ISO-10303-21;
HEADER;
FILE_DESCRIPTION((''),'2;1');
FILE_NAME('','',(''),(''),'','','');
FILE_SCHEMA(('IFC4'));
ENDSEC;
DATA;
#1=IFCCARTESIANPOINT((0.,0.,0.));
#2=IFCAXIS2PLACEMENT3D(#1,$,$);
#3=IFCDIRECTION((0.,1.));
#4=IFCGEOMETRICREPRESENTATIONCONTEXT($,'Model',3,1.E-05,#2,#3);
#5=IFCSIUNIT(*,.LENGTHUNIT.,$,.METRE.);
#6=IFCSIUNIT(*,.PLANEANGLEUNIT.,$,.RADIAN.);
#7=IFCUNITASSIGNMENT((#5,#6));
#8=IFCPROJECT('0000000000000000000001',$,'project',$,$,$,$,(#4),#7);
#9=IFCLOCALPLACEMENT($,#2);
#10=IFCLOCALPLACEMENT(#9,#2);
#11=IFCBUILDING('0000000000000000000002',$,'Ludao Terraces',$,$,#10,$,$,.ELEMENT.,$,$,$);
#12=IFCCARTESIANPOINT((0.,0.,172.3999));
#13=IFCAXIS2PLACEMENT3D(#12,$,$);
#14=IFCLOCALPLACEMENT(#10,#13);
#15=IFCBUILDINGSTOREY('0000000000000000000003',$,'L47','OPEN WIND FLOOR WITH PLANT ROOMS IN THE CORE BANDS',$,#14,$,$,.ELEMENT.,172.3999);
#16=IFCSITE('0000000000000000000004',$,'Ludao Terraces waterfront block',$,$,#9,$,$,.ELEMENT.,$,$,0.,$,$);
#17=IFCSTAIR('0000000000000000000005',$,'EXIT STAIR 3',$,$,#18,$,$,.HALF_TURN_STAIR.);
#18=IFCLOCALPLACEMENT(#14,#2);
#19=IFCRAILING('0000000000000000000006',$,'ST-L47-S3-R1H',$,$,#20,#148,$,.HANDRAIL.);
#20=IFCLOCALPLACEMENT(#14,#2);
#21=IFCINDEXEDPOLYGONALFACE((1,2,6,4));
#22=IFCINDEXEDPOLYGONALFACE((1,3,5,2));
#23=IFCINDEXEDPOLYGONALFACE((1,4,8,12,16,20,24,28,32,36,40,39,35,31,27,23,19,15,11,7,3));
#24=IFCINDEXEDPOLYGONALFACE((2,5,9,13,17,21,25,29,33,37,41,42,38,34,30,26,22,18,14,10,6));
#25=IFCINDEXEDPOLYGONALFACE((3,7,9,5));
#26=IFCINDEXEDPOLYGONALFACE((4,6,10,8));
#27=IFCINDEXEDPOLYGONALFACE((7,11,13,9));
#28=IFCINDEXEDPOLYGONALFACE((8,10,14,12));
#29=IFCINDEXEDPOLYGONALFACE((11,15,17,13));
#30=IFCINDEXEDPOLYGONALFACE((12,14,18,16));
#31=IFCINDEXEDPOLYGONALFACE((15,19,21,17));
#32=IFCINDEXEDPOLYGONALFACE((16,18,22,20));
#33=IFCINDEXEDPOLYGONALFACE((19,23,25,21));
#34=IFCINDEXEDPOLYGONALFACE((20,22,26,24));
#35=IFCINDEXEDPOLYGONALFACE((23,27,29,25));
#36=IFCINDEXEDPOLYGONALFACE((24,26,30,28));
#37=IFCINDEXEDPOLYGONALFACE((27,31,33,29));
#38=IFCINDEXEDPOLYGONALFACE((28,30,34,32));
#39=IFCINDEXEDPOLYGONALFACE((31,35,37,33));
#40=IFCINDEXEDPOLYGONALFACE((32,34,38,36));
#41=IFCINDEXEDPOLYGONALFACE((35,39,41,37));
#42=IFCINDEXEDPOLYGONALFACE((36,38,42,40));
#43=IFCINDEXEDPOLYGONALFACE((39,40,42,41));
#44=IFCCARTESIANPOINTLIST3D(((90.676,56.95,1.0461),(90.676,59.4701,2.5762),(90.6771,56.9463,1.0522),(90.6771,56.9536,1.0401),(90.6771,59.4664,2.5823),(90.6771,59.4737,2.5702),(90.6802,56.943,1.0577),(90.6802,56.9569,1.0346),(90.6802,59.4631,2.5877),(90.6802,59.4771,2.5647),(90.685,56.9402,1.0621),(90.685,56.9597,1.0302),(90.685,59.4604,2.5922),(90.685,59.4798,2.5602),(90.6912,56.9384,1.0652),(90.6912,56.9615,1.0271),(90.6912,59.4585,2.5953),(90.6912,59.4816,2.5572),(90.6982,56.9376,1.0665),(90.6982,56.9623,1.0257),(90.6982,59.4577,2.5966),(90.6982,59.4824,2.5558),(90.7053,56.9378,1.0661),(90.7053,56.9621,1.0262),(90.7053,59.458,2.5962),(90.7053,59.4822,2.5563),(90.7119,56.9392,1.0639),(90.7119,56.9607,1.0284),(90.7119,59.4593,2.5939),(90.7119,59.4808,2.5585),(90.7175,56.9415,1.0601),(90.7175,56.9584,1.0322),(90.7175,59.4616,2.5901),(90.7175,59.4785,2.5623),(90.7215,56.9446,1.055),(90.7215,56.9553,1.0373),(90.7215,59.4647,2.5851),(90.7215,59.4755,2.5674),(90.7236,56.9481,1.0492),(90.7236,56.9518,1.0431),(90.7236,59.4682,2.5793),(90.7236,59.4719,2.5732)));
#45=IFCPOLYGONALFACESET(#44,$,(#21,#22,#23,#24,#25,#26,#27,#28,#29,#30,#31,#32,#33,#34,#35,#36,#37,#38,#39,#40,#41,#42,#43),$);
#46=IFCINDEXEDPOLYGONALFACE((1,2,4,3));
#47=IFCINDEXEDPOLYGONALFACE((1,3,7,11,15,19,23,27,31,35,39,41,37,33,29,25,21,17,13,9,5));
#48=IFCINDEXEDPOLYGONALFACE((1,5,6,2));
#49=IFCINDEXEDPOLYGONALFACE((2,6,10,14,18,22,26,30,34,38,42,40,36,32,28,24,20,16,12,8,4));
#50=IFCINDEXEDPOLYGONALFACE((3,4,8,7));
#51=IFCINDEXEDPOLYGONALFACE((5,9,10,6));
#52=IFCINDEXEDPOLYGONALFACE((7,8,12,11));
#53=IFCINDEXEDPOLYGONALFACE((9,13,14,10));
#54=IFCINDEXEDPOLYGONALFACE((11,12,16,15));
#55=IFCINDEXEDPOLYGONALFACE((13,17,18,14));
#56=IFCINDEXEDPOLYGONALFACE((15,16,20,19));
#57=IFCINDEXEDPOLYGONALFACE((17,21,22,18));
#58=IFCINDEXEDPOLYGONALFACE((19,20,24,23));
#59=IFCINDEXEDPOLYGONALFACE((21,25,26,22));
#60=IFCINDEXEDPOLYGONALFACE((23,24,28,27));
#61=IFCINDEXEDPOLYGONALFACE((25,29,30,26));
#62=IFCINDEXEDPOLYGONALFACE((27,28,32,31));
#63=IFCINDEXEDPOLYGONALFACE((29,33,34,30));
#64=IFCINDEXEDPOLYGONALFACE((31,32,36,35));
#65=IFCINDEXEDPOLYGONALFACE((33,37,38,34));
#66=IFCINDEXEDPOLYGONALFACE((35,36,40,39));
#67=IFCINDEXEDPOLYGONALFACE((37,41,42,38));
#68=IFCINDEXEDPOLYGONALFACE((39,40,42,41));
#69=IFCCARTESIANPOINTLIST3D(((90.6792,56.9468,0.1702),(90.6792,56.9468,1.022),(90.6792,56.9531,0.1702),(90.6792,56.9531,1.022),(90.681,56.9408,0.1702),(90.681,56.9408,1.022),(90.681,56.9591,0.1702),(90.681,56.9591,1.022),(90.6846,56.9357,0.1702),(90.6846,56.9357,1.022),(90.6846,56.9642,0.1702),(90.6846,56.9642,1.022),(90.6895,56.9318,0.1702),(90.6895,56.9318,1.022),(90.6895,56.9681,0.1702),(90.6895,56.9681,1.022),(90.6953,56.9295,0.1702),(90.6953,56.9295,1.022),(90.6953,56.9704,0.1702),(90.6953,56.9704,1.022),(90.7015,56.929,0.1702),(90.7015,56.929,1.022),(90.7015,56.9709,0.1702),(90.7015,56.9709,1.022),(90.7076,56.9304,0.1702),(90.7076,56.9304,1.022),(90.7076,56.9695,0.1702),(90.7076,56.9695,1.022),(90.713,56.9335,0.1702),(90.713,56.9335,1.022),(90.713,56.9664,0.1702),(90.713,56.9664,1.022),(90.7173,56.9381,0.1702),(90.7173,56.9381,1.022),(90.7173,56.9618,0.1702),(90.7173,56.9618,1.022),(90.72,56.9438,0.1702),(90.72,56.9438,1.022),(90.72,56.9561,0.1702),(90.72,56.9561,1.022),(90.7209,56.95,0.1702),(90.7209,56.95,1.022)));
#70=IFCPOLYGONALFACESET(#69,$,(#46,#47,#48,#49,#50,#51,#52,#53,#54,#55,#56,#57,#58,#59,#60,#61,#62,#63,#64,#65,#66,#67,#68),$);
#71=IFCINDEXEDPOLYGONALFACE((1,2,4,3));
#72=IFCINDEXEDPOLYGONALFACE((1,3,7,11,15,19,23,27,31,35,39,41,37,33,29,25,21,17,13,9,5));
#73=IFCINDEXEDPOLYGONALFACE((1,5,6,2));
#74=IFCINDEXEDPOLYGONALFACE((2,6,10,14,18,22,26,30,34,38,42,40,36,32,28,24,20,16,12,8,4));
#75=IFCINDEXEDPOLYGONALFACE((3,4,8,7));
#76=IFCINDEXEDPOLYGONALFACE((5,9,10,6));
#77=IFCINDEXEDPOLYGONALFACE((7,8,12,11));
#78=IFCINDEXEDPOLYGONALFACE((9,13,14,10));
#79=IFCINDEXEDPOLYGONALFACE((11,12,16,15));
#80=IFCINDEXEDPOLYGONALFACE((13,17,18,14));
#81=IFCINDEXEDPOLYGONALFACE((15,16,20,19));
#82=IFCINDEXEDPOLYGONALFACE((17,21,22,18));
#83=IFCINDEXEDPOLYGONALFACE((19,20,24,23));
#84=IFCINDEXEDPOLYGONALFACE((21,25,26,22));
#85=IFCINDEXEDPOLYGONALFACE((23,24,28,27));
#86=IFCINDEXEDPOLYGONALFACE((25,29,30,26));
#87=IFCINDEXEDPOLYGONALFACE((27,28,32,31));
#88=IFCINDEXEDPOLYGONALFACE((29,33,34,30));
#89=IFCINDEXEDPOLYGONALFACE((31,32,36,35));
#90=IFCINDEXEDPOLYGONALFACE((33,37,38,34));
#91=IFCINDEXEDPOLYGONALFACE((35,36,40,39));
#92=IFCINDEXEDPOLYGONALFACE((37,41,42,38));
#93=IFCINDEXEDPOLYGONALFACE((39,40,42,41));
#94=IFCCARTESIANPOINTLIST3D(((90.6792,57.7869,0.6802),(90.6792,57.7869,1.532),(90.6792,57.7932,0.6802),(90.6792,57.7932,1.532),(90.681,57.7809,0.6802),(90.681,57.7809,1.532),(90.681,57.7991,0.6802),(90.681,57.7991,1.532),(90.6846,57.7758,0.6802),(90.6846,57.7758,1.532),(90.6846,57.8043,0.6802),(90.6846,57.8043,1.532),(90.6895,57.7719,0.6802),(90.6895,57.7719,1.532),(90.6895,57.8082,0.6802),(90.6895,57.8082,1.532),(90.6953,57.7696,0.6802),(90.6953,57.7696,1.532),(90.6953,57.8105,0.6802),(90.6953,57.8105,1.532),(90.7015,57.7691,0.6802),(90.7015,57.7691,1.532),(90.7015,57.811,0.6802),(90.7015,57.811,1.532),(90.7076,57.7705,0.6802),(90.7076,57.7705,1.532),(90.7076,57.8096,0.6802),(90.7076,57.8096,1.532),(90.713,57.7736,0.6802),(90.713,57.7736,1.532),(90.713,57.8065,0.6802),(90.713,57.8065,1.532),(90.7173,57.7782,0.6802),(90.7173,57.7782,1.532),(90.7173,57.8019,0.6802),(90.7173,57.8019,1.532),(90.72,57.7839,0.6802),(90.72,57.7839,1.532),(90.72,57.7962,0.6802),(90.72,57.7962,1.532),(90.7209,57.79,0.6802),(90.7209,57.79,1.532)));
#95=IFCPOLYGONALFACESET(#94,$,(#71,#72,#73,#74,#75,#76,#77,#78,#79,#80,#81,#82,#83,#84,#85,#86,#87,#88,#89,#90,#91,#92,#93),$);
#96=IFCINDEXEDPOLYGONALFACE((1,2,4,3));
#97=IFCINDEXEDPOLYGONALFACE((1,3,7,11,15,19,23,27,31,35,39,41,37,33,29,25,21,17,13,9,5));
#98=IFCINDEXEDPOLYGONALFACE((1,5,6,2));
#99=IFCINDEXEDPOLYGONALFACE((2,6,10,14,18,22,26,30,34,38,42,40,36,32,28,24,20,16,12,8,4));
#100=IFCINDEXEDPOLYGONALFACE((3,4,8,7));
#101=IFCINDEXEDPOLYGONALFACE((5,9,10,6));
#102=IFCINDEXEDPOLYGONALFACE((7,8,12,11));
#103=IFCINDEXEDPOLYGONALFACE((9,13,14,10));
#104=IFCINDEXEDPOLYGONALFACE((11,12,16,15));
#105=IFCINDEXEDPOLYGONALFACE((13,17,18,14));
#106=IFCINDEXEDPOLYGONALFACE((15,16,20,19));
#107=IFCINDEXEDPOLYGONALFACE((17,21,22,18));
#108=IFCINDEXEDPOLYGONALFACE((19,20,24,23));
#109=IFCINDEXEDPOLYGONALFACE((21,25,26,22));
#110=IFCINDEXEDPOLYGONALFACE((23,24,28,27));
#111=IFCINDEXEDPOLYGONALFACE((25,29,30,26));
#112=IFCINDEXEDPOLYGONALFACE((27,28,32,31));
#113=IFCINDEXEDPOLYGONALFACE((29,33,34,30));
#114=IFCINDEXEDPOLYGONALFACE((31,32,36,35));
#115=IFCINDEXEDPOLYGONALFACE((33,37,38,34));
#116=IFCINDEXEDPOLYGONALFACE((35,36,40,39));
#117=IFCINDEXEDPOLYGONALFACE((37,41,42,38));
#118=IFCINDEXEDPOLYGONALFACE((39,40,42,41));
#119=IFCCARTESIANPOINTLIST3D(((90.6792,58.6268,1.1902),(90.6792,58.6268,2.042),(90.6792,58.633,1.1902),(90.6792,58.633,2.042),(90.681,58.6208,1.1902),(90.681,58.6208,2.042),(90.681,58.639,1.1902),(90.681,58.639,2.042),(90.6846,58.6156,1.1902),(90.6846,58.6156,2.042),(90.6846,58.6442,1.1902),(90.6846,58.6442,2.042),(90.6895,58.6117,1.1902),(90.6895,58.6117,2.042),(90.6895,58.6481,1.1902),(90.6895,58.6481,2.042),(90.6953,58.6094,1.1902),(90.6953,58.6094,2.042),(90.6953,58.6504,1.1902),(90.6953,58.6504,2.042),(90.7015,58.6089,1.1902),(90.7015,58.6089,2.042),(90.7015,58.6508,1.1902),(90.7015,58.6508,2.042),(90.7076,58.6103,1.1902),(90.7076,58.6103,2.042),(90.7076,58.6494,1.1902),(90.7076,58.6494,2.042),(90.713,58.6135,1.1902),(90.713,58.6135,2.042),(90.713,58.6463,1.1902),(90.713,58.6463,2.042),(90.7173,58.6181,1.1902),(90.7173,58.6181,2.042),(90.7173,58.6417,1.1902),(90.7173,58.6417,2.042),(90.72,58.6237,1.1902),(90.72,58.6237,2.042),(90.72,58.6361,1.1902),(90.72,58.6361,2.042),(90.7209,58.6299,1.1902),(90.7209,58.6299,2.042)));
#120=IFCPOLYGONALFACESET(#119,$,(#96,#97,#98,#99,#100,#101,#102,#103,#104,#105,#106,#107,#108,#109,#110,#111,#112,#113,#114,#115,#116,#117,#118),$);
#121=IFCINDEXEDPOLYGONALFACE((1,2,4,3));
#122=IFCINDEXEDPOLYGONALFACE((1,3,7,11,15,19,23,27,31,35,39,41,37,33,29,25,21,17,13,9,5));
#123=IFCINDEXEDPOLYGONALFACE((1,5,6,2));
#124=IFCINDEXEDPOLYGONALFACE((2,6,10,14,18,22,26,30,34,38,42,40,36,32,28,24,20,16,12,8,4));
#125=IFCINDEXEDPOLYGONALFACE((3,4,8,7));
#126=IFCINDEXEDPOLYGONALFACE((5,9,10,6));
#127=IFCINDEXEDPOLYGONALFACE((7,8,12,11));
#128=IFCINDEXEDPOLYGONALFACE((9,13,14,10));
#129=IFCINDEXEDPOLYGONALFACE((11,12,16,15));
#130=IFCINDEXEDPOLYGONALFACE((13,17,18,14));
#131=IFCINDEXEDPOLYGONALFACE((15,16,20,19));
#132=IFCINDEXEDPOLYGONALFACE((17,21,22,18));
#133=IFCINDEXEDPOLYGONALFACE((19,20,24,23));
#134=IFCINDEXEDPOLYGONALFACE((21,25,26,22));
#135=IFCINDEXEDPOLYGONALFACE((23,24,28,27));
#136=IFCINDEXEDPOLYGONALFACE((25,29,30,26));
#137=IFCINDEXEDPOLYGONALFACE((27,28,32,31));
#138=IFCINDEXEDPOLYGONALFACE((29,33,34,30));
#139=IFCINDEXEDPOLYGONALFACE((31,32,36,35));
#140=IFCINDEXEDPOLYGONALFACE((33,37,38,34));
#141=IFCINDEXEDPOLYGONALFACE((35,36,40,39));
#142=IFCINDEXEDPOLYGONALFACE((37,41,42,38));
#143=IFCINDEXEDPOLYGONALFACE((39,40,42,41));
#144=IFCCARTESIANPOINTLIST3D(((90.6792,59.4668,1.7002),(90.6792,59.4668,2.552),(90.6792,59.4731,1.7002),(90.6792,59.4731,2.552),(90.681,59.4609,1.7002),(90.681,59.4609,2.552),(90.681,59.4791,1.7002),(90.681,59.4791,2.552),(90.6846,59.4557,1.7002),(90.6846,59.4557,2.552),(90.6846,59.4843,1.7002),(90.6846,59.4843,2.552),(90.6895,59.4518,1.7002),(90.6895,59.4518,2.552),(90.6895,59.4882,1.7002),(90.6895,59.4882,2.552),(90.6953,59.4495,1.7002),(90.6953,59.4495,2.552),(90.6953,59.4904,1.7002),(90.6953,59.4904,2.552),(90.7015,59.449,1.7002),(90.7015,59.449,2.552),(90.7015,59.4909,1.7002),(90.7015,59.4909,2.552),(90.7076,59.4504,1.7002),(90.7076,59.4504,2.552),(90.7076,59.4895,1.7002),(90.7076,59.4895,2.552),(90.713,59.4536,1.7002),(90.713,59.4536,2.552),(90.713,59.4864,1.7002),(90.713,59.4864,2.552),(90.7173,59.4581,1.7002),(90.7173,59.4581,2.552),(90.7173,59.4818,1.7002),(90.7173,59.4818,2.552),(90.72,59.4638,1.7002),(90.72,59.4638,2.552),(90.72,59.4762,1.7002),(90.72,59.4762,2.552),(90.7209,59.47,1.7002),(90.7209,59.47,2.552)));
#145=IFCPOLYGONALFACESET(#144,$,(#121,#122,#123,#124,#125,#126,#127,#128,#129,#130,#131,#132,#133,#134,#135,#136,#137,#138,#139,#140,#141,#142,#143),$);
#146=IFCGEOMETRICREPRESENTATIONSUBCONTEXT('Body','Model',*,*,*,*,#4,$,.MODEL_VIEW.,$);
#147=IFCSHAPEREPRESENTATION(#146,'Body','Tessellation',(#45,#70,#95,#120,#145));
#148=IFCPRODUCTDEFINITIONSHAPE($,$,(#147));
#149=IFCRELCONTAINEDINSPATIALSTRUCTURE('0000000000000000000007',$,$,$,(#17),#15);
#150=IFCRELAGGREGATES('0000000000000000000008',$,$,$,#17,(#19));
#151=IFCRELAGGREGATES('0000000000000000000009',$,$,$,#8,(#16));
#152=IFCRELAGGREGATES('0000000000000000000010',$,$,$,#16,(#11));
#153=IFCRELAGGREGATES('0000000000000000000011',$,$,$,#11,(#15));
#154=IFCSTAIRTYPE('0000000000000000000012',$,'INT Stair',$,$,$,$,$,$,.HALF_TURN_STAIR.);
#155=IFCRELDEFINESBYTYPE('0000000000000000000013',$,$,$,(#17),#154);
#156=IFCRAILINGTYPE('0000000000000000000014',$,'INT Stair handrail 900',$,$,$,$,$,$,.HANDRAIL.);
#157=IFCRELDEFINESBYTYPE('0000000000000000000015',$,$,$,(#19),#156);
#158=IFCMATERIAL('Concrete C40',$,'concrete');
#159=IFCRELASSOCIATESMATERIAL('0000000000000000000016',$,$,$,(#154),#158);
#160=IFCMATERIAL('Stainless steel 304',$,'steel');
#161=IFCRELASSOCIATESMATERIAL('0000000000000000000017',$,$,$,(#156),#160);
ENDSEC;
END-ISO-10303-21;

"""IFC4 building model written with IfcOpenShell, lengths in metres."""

from ifc_helpers import new_model, si_unit, direction, frame, origin, origin_2d, place, context, subcontext, project, spatial, circle, extrude, material, type_object, element, aggregate, save


model = new_model("IFC4")

# Units and contexts
model_context = context("Model", 3, precision=1e-05, world=origin(), true_north=direction((0.0, 1.0)))
body_context = subcontext(model_context, "Body", "Model", "MODEL_VIEW")
ifc_project = project(units=[si_unit("LENGTHUNIT", "METRE"), si_unit("PLANEANGLEUNIT", "RADIAN")], contexts=[model_context])

# Site, building, storey
site_placement = place(None, origin())
site = spatial("IfcSite", under=ifc_project, at=site_placement, Name="Ludao Terraces waterfront block", CompositionType="ELEMENT", RefElevation=0.0)
building_placement = place(site_placement, origin())
building = spatial("IfcBuilding", under=site, at=building_placement, Name="Ludao Terraces", CompositionType="ELEMENT")
storey_placement = place(building_placement, frame((0.0, 0.0, 172.3999)))
storey = spatial("IfcBuildingStorey", under=building, at=storey_placement, Name="L47", Description="OPEN WIND FLOOR WITH PLANT ROOMS IN THE CORE BANDS", CompositionType="ELEMENT", Elevation=172.3999)

# Stair, railing
ifc_material_1 = material(Name="Concrete C40", Category="concrete")
stair_type = type_object("IfcStairType", Name="INT Stair", PredefinedType="HALF_TURN_STAIR", material=ifc_material_1)
stair_placement = place(storey_placement, origin())
stair = element("IfcStair", 1, at=stair_placement, inside=storey, type_object=stair_type, Name="EXIT STAIR 3", PredefinedType="HALF_TURN_STAIR")
ifc_material_2 = material(Name="Stainless steel 304", Category="steel")
railing_type_1 = type_object("IfcRailingType", Name="INT Stair handrail 900", PredefinedType="HANDRAIL", material=ifc_material_2)
railing_1_placement = place(storey_placement, frame((90.7, 56.95, 0.1702)))
railing_1 = element("IfcRailing", 2, at=railing_1_placement, type_object=railing_type_1, Name="ST-L47-S3-R1H", PredefinedType="HANDRAIL", context=body_context, shape_type="SweptSolid", body=[
    extrude(circle(Radius=0.0239, at=origin_2d()), frame((0.0, 0.0, 0.876), z_axis=(0.0, 0.854785, 0.518982), x_axis=(-1.0, 0.0, 0.0)), (0.0, 0.0, 1.0), 2.9482),
    extrude(circle(Radius=0.021, at=origin_2d()), origin(), (0.0, 0.0, 1.0), 0.8518),
    extrude(circle(Radius=0.021, at=origin_2d()), frame((0.0, 0.8401, 0.51)), (0.0, 0.0, 1.0), 0.8518),
    extrude(circle(Radius=0.021, at=origin_2d()), frame((0.0, 1.6799, 1.02)), (0.0, 0.0, 1.0), 0.8518),
    extrude(circle(Radius=0.021, at=origin_2d()), frame((0.0, 2.52, 1.53)), (0.0, 0.0, 1.0), 0.8518),
])
aggregate(stair, [railing_1])

save(model, "model.ifc")
